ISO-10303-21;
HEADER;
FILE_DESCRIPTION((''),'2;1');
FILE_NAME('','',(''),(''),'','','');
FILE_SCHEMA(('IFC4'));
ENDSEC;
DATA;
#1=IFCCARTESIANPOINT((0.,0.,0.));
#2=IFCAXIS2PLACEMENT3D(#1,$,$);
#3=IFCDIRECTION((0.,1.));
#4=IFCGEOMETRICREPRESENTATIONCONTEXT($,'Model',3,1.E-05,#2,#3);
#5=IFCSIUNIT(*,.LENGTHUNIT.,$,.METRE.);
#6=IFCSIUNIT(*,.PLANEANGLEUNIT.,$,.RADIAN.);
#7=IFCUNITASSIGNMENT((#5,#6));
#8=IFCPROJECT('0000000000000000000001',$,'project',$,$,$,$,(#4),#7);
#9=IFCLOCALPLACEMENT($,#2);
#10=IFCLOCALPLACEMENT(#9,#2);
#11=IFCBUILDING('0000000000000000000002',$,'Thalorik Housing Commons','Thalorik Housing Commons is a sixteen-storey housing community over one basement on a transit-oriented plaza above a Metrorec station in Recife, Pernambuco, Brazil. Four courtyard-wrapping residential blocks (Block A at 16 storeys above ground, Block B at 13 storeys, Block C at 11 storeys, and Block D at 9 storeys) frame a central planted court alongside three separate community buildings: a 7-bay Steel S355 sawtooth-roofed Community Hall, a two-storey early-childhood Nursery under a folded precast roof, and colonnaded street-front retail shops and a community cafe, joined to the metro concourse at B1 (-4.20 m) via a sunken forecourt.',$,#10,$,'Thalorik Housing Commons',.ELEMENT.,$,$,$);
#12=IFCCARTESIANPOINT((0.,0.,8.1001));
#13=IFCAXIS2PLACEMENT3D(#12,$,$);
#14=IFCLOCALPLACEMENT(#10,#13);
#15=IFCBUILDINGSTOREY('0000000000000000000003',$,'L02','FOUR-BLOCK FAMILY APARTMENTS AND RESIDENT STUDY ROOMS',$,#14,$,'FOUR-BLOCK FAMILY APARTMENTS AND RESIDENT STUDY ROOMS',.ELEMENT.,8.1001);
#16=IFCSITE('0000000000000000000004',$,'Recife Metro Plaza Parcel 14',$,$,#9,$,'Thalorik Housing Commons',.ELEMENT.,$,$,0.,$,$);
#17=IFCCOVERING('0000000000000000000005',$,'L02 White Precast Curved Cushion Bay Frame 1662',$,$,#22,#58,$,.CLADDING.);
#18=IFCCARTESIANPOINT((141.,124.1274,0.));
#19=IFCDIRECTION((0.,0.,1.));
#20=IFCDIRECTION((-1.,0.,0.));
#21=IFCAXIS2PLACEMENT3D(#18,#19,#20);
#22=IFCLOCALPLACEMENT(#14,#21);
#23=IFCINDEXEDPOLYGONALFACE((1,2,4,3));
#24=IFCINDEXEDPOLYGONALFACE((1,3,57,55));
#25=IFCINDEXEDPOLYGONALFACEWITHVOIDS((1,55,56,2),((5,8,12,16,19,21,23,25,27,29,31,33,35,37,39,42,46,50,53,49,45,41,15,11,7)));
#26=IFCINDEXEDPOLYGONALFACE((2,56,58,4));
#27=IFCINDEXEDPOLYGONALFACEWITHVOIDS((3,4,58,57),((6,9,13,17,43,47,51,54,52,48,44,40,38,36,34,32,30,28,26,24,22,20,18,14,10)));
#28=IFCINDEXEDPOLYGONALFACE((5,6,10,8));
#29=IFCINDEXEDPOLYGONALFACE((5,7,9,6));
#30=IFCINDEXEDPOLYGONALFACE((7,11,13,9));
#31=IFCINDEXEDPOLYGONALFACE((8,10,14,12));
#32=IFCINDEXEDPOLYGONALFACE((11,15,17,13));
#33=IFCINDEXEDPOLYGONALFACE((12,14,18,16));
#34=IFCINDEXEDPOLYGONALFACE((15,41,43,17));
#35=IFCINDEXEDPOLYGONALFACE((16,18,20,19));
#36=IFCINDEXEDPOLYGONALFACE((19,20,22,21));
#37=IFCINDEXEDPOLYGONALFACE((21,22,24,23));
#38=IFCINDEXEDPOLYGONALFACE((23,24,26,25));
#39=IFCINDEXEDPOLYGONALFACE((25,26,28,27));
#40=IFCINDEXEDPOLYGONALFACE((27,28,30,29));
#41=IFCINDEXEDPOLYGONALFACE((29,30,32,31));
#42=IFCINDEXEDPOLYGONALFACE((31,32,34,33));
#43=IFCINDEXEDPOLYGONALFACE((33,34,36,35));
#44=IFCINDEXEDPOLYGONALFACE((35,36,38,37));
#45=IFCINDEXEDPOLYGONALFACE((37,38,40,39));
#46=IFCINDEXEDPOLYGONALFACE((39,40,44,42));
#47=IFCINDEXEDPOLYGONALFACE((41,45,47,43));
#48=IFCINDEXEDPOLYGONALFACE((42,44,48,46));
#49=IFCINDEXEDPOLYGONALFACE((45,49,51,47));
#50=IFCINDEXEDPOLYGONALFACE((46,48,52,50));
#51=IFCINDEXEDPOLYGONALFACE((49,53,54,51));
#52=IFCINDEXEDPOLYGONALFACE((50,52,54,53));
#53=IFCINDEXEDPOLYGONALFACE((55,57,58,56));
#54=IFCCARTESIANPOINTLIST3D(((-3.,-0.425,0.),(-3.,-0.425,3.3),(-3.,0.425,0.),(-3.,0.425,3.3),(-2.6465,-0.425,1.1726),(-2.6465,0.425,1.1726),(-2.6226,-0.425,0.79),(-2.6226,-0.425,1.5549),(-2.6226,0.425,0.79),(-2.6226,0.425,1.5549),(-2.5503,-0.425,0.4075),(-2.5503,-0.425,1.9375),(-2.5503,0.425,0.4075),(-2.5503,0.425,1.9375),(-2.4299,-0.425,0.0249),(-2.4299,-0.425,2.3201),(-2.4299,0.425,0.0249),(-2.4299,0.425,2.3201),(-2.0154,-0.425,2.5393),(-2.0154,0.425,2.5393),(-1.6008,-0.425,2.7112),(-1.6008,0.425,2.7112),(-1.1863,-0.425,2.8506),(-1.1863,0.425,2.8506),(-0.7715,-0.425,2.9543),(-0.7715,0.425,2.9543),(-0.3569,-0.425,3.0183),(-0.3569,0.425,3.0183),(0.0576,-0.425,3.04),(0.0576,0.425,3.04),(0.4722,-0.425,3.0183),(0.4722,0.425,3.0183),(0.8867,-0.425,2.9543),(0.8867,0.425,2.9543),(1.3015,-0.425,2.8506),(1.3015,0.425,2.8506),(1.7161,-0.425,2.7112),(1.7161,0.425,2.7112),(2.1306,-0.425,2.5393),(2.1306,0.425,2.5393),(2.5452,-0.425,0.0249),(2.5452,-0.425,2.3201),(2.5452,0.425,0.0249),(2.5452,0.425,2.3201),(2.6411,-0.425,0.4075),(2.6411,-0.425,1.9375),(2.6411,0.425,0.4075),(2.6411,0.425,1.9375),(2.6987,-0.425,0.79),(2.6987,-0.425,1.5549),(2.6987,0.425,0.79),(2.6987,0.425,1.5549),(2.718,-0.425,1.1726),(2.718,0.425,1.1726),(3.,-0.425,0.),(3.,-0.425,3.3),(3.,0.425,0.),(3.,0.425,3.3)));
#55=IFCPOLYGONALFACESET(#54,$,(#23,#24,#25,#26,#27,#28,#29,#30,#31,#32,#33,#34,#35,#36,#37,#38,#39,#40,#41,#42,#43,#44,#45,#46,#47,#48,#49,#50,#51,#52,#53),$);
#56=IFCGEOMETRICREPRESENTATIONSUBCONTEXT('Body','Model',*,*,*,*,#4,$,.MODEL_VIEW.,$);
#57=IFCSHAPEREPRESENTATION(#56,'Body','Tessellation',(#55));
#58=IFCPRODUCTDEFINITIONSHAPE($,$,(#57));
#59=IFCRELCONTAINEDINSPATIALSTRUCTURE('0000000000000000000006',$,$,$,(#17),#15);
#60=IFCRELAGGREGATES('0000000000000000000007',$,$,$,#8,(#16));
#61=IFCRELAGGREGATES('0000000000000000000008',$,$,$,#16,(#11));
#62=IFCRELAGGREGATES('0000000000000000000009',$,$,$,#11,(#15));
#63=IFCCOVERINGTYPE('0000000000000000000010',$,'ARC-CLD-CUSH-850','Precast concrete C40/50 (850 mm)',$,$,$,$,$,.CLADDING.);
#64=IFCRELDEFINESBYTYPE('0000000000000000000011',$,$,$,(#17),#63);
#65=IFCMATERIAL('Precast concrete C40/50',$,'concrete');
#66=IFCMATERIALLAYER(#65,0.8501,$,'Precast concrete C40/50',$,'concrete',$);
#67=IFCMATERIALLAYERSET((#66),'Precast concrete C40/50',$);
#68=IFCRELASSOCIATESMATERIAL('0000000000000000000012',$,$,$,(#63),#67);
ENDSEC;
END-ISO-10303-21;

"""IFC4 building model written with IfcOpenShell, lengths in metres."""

from ifc_helpers import new_model, si_unit, direction, frame, origin, place, context, subcontext, project, spatial, polyline, outline, extrude, material, layer, layer_set, type_object, element, save


model = new_model("IFC4")

# Units and contexts
model_context = context("Model", 3, precision=1e-05, world=origin(), true_north=direction((0.0, 1.0)))
body_context = subcontext(model_context, "Body", "Model", "MODEL_VIEW")
ifc_project = project(units=[si_unit("LENGTHUNIT", "METRE"), si_unit("PLANEANGLEUNIT", "RADIAN")], contexts=[model_context])

# Site, building, storey
site_placement = place(None, origin())
site = spatial("IfcSite", under=ifc_project, at=site_placement, Name="Recife Metro Plaza Parcel 14", LongName="Thalorik Housing Commons", CompositionType="ELEMENT", RefElevation=0.0)
building_placement = place(site_placement, origin())
building = spatial("IfcBuilding", under=site, at=building_placement, Name="Thalorik Housing Commons", Description="Thalorik Housing Commons is a sixteen-storey housing community over one basement on a transit-oriented plaza above a Metrorec station in Recife, Pernambuco, Brazil. Four courtyard-wrapping residential blocks (Block A at 16 storeys above ground, Block B at 13 storeys, Block C at 11 storeys, and Block D at 9 storeys) frame a central planted court alongside three separate community buildings: a 7-bay Steel S355 sawtooth-roofed Community Hall, a two-storey early-childhood Nursery under a folded precast roof, and colonnaded street-front retail shops and a community cafe, joined to the metro concourse at B1 (-4.20 m) via a sunken forecourt.", LongName="Thalorik Housing Commons", CompositionType="ELEMENT")
storey_placement = place(building_placement, frame((0.0, 0.0, 8.1001)))
storey = spatial("IfcBuildingStorey", under=building, at=storey_placement, Name="L02", Description="FOUR-BLOCK FAMILY APARTMENTS AND RESIDENT STUDY ROOMS", LongName="FOUR-BLOCK FAMILY APARTMENTS AND RESIDENT STUDY ROOMS", CompositionType="ELEMENT", Elevation=8.1001)

# Shared definitions
ifc_material_1 = material(Name="Precast concrete C40/50", Category="concrete")

# Covering
ifc_layer_1 = layer(ifc_material_1, 0.8501, Name="Precast concrete C40/50", Category="concrete")
ifc_layer_set_1 = layer_set([ifc_layer_1], Name="Precast concrete C40/50")
covering_type_1 = type_object("IfcCoveringType", Name="ARC-CLD-CUSH-850", Description="Precast concrete C40/50 (850 mm)", PredefinedType="CLADDING", material=ifc_layer_set_1)
covering_1_placement = place(storey_placement, frame((141.0, 124.1274, 0.0), z_axis=(0.0, 0.0, 1.0), x_axis=(-1.0, 0.0, 0.0)))
element("IfcCovering", 1, at=covering_1_placement, inside=storey, type_object=covering_type_1, Name="L02 White Precast Curved Cushion Bay Frame 1662", PredefinedType="CLADDING", context=body_context, shape_type="SweptSolid", body=[
    extrude(outline(polyline([(-3.0, 0.0), (3.0, 0.0), (3.0, 3.3), (-3.0, 3.3), (-3.0, 0.0)]), holes=[polyline([(2.5452, 0.0249), (2.6411, 0.4075), (2.6987, 0.79), (2.718, 1.1726), (2.6987, 1.5549), (2.6411, 1.9375), (2.5452, 2.3201), (2.1306, 2.5393), (1.7161, 2.7112), (1.3015, 2.8506), (0.8867, 2.9543), (0.4722, 3.0183), (0.0576, 3.04), (-0.3569, 3.0183), (-0.7715, 2.9543), (-1.1863, 2.8506), (-1.6008, 2.7112), (-2.0154, 2.5393), (-2.4299, 2.3201), (-2.5503, 1.9375), (-2.6226, 1.5549), (-2.6465, 1.1726), (-2.6226, 0.79), (-2.5503, 0.4075), (-2.4299, 0.0249), (2.5452, 0.0249)])]), frame((0.0, 0.425, 0.0), z_axis=(0.0, -1.0, 0.0), x_axis=(1.0, 0.0, 0.0)), (0.0, 0.0, 1.0), 0.8501),
])

save(model, "model.ifc")
